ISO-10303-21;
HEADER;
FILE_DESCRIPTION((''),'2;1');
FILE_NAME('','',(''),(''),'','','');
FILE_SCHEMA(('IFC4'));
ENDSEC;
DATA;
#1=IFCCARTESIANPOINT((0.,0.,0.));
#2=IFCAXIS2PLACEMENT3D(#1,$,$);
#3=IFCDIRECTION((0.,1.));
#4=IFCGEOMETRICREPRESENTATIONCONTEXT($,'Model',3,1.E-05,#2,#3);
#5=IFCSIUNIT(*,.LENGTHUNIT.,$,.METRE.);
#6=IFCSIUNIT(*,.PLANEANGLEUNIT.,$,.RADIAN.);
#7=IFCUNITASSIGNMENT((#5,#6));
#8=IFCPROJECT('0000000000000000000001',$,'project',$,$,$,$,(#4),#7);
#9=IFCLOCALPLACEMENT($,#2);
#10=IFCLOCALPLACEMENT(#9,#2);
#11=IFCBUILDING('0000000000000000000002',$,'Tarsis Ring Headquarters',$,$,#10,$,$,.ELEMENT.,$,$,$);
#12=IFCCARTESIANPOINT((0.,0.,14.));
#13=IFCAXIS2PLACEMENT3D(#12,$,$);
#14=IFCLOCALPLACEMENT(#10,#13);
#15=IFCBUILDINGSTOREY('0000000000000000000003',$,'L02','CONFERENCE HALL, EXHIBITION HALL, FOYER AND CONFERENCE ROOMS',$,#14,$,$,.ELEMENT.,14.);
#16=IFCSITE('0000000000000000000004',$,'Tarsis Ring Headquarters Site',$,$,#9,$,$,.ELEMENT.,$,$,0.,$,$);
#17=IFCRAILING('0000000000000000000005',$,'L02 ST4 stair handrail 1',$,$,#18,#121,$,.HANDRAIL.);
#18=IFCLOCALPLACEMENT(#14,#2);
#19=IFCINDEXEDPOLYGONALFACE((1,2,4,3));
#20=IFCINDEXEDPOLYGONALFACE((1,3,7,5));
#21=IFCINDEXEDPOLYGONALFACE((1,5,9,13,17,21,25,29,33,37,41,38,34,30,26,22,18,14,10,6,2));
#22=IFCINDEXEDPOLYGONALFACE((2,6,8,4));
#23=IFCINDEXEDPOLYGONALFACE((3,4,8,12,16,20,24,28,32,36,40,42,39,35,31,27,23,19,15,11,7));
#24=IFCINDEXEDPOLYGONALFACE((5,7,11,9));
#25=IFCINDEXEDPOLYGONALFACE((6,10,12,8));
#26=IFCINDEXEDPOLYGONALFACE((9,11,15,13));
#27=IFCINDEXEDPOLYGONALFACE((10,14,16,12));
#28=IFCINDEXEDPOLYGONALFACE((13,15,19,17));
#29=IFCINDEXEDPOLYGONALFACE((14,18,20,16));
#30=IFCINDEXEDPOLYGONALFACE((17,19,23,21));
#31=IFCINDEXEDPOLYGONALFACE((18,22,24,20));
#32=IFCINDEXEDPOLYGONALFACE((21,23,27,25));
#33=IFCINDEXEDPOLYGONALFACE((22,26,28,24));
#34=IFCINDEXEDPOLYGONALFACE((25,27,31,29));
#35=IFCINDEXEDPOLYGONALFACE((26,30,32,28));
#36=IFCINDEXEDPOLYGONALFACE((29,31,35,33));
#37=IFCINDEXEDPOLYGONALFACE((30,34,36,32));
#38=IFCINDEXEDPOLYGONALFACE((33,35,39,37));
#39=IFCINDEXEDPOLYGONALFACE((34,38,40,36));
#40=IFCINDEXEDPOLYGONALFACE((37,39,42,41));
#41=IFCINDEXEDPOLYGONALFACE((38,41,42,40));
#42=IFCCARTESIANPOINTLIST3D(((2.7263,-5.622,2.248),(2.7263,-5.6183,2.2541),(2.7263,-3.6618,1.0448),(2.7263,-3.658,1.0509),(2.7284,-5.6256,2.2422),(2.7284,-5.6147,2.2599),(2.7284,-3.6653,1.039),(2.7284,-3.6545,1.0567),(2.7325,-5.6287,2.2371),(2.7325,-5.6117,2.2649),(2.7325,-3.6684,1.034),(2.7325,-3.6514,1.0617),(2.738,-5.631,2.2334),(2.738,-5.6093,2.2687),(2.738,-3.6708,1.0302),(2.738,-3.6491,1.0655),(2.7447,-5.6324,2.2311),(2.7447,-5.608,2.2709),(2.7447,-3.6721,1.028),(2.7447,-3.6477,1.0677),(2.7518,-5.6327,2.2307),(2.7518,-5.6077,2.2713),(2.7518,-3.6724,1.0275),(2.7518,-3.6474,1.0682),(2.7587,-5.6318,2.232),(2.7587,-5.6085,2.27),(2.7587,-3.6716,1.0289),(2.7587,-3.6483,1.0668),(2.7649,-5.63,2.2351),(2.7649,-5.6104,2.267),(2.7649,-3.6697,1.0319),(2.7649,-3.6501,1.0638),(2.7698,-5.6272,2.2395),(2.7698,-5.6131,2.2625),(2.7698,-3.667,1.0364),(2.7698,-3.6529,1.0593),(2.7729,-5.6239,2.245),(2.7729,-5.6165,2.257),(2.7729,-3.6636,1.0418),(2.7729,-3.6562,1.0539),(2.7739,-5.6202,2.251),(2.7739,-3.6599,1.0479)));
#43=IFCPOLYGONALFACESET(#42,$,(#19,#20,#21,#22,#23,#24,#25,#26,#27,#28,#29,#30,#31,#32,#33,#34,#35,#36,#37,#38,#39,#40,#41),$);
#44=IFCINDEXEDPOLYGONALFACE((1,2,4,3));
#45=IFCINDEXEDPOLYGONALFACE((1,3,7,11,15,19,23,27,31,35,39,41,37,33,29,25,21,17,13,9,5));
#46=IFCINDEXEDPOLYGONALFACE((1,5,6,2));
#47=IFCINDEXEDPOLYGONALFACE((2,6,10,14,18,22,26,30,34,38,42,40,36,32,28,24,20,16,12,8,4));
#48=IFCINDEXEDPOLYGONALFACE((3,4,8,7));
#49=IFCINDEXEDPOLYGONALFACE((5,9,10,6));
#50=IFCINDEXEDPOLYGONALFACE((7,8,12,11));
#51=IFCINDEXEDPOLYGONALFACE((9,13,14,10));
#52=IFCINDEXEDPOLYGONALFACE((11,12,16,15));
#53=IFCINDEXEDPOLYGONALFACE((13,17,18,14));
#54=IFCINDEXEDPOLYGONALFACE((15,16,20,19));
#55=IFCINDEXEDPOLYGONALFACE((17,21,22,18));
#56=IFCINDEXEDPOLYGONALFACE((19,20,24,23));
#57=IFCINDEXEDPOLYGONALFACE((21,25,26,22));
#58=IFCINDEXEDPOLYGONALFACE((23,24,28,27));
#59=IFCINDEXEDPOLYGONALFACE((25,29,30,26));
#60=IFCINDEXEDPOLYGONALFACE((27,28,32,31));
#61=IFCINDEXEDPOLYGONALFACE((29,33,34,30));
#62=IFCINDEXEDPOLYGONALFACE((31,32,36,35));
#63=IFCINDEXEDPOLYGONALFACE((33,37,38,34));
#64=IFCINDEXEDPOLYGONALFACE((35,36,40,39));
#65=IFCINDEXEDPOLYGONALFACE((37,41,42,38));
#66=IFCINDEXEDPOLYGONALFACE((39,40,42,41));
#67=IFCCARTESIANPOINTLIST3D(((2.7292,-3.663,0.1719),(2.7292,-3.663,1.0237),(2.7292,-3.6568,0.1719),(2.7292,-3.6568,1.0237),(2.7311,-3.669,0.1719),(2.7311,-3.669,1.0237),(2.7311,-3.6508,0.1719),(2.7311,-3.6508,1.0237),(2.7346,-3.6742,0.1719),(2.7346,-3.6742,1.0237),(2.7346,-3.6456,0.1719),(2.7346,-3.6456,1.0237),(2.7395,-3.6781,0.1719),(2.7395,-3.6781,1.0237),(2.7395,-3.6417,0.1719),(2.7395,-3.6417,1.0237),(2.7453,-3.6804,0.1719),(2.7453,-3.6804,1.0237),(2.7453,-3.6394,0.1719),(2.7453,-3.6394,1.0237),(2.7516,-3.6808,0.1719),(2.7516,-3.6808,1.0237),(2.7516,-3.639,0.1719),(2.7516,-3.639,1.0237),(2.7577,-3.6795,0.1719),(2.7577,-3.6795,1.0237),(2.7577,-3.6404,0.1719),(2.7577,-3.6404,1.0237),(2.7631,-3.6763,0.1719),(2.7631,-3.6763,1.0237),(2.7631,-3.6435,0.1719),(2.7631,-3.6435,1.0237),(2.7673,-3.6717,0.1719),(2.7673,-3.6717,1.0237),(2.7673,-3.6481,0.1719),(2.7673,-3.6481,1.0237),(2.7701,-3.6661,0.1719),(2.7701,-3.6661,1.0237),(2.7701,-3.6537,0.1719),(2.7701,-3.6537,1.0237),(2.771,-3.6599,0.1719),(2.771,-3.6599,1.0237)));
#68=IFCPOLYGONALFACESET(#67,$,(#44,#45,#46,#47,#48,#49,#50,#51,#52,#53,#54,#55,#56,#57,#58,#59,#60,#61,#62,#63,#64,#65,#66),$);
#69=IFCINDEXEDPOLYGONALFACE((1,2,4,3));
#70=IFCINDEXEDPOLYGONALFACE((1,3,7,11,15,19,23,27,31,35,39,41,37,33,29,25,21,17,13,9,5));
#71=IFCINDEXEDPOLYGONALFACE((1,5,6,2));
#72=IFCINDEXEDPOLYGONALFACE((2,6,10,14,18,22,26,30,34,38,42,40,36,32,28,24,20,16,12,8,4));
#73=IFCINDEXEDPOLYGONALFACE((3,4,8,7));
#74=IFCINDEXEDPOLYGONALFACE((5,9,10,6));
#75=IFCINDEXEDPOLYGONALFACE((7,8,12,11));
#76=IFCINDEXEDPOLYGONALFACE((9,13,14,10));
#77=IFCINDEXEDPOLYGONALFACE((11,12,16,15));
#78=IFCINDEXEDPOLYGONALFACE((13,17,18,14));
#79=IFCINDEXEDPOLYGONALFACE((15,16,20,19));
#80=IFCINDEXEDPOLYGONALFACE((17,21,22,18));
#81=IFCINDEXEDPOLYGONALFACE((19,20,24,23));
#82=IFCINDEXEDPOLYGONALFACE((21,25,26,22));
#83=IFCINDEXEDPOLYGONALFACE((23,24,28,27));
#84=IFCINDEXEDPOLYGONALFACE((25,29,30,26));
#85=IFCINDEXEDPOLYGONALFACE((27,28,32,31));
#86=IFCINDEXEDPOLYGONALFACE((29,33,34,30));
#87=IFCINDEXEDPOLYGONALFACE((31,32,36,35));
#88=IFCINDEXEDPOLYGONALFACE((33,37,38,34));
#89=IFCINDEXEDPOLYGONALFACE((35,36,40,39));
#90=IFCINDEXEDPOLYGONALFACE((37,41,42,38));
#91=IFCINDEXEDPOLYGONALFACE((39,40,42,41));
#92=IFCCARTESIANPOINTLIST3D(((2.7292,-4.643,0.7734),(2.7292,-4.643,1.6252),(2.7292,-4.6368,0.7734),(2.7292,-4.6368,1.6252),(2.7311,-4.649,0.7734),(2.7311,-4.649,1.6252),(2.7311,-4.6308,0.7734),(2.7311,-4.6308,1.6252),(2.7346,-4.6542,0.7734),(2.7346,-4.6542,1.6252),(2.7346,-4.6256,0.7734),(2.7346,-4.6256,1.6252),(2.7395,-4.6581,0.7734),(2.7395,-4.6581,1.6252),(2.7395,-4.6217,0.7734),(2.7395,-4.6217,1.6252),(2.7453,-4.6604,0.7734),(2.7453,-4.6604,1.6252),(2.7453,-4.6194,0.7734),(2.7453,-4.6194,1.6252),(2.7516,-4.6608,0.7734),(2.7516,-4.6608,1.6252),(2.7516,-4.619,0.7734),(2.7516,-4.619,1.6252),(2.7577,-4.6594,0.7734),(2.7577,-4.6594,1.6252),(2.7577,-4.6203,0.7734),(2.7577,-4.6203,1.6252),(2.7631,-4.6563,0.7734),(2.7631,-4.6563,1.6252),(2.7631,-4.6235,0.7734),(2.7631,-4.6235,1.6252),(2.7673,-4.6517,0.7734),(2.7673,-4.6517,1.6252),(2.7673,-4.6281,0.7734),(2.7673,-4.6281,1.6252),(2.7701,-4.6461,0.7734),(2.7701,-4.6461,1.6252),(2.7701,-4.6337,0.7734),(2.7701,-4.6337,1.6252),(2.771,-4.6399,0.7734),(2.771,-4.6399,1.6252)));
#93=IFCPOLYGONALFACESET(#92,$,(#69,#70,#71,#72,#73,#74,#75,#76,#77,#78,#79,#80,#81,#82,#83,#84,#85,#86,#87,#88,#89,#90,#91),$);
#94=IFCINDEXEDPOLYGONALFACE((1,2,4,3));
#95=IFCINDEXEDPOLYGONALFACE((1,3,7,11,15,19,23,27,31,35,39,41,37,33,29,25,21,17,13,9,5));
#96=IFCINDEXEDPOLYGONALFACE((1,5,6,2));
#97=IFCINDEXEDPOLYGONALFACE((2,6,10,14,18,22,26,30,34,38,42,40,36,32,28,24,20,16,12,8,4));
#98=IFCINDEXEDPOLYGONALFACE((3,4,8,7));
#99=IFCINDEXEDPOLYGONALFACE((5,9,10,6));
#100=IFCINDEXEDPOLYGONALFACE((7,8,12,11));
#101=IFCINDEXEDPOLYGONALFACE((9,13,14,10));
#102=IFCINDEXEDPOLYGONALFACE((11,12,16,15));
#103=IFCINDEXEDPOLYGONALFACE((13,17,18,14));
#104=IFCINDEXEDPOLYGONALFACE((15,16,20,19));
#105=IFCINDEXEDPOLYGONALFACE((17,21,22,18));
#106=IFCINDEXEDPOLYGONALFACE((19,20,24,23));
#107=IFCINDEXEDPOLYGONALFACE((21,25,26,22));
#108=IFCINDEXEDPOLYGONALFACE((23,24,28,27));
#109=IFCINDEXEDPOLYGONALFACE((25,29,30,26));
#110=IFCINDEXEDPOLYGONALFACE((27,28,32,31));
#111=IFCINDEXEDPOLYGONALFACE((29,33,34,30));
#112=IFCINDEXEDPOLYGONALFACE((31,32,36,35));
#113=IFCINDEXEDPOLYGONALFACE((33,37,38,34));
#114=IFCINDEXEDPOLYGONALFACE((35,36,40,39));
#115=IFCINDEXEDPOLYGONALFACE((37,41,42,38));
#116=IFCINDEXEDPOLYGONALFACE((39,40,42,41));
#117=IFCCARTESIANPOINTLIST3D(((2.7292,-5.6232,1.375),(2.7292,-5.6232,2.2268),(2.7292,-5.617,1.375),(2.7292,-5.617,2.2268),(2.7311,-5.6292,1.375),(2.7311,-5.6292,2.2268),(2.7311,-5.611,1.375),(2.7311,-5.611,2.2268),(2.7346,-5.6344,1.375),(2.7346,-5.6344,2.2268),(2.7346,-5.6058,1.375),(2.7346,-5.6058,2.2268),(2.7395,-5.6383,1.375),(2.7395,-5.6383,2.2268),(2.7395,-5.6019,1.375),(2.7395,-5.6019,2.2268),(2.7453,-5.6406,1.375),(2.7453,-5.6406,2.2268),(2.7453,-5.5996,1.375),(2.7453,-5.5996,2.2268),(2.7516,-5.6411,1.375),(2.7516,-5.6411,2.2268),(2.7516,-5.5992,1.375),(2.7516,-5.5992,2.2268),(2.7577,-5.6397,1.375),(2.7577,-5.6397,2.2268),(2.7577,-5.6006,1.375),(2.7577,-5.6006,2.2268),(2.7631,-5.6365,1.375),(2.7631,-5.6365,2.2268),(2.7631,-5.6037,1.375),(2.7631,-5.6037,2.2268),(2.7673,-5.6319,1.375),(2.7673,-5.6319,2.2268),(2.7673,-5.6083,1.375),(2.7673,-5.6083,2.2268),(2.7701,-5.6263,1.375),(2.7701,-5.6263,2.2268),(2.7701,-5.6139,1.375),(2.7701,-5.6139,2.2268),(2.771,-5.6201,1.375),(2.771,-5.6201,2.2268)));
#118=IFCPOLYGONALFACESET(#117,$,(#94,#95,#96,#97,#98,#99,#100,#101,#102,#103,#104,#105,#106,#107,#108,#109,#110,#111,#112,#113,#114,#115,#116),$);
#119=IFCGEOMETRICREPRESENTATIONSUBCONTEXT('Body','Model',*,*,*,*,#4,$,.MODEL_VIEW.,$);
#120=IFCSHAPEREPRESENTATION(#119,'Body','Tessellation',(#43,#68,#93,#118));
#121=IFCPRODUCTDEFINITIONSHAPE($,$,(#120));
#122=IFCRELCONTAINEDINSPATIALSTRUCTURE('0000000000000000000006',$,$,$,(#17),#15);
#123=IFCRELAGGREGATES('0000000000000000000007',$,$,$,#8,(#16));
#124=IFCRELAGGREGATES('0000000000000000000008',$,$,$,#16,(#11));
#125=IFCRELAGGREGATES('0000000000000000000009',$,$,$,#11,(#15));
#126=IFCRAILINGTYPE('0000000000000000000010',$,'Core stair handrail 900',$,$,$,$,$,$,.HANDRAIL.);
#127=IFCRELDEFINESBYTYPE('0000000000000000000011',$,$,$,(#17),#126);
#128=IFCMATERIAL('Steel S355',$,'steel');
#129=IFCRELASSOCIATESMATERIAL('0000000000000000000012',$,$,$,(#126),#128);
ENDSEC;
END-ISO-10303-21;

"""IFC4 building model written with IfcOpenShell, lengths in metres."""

from ifc_helpers import new_model, si_unit, direction, frame, origin, origin_2d, place, context, subcontext, project, spatial, circle, extrude, material, type_object, element, save


model = new_model("IFC4")

# Units and contexts
model_context = context("Model", 3, precision=1e-05, world=origin(), true_north=direction((0.0, 1.0)))
body_context = subcontext(model_context, "Body", "Model", "MODEL_VIEW")
ifc_project = project(units=[si_unit("LENGTHUNIT", "METRE"), si_unit("PLANEANGLEUNIT", "RADIAN")], contexts=[model_context])

# Site, building, storey
site_placement = place(None, origin())
site = spatial("IfcSite", under=ifc_project, at=site_placement, Name="Tarsis Ring Headquarters Site", CompositionType="ELEMENT", RefElevation=0.0)
building_placement = place(site_placement, origin())
building = spatial("IfcBuilding", under=site, at=building_placement, Name="Tarsis Ring Headquarters", CompositionType="ELEMENT")
storey_placement = place(building_placement, frame((0.0, 0.0, 14.0)))
storey = spatial("IfcBuildingStorey", under=building, at=storey_placement, Name="L02", Description="CONFERENCE HALL, EXHIBITION HALL, FOYER AND CONFERENCE ROOMS", CompositionType="ELEMENT", Elevation=14.0)

# Railing
ifc_material_1 = material(Name="Steel S355", Category="steel")
railing_type_1 = type_object("IfcRailingType", Name="Core stair handrail 900", PredefinedType="HANDRAIL", material=ifc_material_1)
railing_1_placement = place(storey_placement, frame((2.75, -3.6599, 0.1719)))
element("IfcRailing", 1, at=railing_1_placement, inside=storey, type_object=railing_type_1, Name="L02 ST4 stair handrail 1", PredefinedType="HANDRAIL", context=body_context, shape_type="SweptSolid", body=[
    extrude(circle(Radius=0.0239, at=origin_2d()), frame((0.0, 0.0, 0.876), z_axis=(0.0, -0.85227, 0.523102), x_axis=(1.0, 0.0, 0.0)), (0.0, 0.0, 1.0), 2.3),
    extrude(circle(Radius=0.021, at=origin_2d()), origin(), (0.0, 0.0, 1.0), 0.8518),
    extrude(circle(Radius=0.021, at=origin_2d()), frame((0.0, -0.98, 0.6016)), (0.0, 0.0, 1.0), 0.8518),
    extrude(circle(Radius=0.021, at=origin_2d()), frame((0.0, -1.9602, 1.2031)), (0.0, 0.0, 1.0), 0.8518),
])

save(model, "model.ifc")
